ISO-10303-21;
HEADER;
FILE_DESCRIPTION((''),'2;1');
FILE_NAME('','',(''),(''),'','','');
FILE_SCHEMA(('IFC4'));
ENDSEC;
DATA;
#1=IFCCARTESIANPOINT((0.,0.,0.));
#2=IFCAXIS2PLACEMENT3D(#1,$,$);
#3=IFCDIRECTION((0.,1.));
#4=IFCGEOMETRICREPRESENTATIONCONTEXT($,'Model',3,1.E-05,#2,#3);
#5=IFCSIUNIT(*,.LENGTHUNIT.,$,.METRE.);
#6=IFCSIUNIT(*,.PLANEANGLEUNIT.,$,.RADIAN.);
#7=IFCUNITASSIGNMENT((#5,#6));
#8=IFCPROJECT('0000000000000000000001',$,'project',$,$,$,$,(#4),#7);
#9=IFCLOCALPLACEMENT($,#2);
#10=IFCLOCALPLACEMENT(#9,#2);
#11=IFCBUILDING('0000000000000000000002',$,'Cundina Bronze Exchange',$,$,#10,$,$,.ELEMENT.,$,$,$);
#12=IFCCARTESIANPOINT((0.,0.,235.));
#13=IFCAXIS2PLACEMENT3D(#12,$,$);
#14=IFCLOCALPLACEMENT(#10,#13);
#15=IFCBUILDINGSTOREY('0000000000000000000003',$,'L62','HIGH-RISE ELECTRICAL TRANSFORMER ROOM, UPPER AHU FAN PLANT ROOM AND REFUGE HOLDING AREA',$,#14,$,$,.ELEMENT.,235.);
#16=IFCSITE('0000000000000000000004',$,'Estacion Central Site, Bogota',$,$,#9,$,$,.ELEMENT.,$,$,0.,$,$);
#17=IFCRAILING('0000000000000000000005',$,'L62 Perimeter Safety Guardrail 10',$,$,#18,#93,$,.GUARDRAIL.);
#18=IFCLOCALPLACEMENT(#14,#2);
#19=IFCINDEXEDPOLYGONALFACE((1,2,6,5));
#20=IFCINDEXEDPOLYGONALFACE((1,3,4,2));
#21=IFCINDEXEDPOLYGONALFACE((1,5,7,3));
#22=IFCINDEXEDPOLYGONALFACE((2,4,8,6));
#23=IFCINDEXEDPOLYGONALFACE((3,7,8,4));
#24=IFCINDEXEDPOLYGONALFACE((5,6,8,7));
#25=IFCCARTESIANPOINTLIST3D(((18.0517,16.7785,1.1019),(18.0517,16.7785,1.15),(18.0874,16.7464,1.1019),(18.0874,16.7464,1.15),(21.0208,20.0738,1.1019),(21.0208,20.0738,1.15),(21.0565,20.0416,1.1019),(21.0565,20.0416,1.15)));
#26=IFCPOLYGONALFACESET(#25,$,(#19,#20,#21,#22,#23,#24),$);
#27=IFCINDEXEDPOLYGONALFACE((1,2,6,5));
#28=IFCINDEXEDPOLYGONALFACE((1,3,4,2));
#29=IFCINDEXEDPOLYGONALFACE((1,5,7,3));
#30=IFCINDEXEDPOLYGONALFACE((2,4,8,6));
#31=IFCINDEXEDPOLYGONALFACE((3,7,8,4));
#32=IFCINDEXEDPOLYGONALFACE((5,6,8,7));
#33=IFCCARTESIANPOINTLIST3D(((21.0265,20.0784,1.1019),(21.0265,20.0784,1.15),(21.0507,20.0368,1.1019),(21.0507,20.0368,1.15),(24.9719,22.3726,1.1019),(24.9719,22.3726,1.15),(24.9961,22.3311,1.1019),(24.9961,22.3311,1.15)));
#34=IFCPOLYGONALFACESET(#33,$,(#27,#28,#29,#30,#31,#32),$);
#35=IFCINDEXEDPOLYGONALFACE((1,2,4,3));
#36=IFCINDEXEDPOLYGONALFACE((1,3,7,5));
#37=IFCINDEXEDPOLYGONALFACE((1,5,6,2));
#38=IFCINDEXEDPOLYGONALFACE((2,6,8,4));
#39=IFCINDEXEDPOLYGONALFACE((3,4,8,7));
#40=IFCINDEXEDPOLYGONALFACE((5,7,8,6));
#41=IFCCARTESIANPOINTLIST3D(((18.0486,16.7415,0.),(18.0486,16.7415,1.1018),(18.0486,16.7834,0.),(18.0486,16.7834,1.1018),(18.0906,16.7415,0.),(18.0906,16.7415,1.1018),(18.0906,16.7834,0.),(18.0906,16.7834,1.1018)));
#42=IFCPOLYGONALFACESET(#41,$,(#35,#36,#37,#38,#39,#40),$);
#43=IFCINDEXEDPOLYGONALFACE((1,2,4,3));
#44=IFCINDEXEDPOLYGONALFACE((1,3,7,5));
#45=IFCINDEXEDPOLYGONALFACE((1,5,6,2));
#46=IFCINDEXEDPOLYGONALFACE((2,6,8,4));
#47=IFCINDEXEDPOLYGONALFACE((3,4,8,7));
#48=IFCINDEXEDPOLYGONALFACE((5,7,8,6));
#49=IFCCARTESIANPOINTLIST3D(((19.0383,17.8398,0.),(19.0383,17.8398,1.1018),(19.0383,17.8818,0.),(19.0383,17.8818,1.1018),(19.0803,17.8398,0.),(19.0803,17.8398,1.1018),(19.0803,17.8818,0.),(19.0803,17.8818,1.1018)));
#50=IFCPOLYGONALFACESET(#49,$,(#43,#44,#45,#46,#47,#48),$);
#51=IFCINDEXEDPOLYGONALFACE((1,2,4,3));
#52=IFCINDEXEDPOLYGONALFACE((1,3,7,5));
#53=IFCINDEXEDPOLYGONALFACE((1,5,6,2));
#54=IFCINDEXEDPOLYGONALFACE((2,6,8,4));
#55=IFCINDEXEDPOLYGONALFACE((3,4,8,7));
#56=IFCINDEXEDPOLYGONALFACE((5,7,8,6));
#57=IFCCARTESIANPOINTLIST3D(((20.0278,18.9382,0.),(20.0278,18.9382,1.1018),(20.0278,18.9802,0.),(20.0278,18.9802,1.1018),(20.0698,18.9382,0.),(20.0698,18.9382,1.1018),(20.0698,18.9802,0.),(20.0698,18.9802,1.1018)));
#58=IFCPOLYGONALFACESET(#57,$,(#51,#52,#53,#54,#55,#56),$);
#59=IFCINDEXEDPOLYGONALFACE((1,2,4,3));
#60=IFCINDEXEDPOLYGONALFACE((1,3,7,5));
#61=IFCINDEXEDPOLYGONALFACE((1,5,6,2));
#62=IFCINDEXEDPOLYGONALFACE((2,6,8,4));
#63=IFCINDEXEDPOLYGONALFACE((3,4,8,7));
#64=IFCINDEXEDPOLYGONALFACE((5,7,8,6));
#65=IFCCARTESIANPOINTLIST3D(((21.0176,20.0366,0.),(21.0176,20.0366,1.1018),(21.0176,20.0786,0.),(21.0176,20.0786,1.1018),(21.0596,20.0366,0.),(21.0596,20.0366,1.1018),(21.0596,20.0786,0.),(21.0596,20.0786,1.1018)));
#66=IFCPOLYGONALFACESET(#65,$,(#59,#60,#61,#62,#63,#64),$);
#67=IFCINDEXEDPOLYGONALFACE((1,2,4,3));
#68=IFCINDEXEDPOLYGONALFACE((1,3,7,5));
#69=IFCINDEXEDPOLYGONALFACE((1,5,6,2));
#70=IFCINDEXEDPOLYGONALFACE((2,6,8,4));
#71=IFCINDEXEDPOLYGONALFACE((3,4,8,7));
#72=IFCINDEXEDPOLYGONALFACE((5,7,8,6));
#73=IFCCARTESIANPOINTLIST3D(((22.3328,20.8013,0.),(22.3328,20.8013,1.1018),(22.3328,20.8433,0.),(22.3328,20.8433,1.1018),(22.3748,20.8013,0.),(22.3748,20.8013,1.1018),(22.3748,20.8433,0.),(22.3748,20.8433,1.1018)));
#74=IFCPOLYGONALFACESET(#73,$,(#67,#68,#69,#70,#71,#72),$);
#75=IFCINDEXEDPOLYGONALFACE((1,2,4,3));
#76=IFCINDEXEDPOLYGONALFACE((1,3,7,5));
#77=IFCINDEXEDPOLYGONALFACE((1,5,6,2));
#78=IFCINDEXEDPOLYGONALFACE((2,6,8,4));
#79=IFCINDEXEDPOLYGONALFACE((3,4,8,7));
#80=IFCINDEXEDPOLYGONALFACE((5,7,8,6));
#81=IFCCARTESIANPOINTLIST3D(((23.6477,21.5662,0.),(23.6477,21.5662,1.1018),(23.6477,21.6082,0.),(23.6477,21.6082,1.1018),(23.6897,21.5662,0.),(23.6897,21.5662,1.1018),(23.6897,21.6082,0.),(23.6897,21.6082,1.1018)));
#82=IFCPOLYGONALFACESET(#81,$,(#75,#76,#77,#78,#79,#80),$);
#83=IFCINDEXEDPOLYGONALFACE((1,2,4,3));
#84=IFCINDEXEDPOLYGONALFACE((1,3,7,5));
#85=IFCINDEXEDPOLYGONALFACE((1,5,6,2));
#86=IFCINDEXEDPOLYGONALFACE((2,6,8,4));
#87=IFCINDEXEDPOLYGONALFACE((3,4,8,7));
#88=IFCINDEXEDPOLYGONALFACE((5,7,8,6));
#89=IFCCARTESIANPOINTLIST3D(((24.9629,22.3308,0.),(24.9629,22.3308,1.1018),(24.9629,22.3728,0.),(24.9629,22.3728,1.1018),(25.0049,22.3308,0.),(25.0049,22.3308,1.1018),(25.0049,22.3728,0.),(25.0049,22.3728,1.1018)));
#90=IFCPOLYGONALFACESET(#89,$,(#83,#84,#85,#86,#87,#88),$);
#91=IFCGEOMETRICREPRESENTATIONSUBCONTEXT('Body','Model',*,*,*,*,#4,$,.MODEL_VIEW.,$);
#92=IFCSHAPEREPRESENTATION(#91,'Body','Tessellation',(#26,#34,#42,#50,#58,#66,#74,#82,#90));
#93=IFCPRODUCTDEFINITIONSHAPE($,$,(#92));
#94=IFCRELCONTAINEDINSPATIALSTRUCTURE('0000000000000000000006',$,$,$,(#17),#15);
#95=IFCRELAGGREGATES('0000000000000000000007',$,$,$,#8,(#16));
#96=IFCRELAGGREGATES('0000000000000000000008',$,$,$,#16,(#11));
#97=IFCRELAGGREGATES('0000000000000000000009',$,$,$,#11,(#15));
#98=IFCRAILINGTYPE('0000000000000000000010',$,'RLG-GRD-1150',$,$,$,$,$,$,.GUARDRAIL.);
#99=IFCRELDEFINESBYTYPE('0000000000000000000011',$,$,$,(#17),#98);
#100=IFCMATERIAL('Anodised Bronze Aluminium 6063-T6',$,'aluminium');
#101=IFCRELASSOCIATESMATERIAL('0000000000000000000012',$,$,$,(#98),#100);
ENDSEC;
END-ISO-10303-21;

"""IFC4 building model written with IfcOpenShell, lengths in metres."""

from ifc_helpers import new_model, si_unit, direction, frame, origin, origin_2d, place, context, subcontext, project, spatial, rectangle, extrude, material, type_object, element, save


model = new_model("IFC4")

# Units and contexts
model_context = context("Model", 3, precision=1e-05, world=origin(), true_north=direction((0.0, 1.0)))
body_context = subcontext(model_context, "Body", "Model", "MODEL_VIEW")
ifc_project = project(units=[si_unit("LENGTHUNIT", "METRE"), si_unit("PLANEANGLEUNIT", "RADIAN")], contexts=[model_context])

# Site, building, storey
site_placement = place(None, origin())
site = spatial("IfcSite", under=ifc_project, at=site_placement, Name="Estacion Central Site, Bogota", CompositionType="ELEMENT", RefElevation=0.0)
building_placement = place(site_placement, origin())
building = spatial("IfcBuilding", under=site, at=building_placement, Name="Cundina Bronze Exchange", CompositionType="ELEMENT")
storey_placement = place(building_placement, frame((0.0, 0.0, 235.0)))
storey = spatial("IfcBuildingStorey", under=building, at=storey_placement, Name="L62", Description="HIGH-RISE ELECTRICAL TRANSFORMER ROOM, UPPER AHU FAN PLANT ROOM AND REFUGE HOLDING AREA", CompositionType="ELEMENT", Elevation=235.0)

# Shared definitions
ifc_material_1 = material(Name="Anodised Bronze Aluminium 6063-T6", Category="aluminium")

# Railing
railing_type = type_object("IfcRailingType", Name="RLG-GRD-1150", PredefinedType="GUARDRAIL", material=ifc_material_1)
railing_1_placement = place(storey_placement, frame((18.0696, 16.7625, 0.0)))
element("IfcRailing", 1, at=railing_1_placement, inside=storey, type_object=railing_type, Name="L62 Perimeter Safety Guardrail 10", PredefinedType="GUARDRAIL", context=body_context, shape_type="SweptSolid", body=[
    extrude(rectangle(XDim=0.0481, YDim=0.0481, at=origin_2d()), frame((0.0, 0.0, 1.126), z_axis=(0.669381, 0.742919, 0.0), x_axis=(-0.742919, 0.669381, 0.0)), (0.0, 0.0, 1.0), 4.4355),
    extrude(rectangle(XDim=0.0481, YDim=0.0481, at=origin_2d()), frame((2.969, 3.2952, 1.126), z_axis=(0.864469, 0.502686, 0.0), x_axis=(-0.502686, 0.864469, 0.0)), (0.0, 0.0, 1.0), 4.564),
    extrude(rectangle(XDim=0.042, YDim=0.042, at=origin_2d()), origin(), (0.0, 0.0, 1.0), 1.1018),
    extrude(rectangle(XDim=0.042, YDim=0.042, at=origin_2d()), frame((0.9897, 1.0984, 0.0)), (0.0, 0.0, 1.0), 1.1018),
    extrude(rectangle(XDim=0.042, YDim=0.042, at=origin_2d()), frame((1.9792, 2.1968, 0.0)), (0.0, 0.0, 1.0), 1.1018),
    extrude(rectangle(XDim=0.042, YDim=0.042, at=origin_2d()), frame((2.969, 3.2952, 0.0)), (0.0, 0.0, 1.0), 1.1018),
    extrude(rectangle(XDim=0.042, YDim=0.042, at=origin_2d()), frame((4.2842, 4.0598, 0.0)), (0.0, 0.0, 1.0), 1.1018),
    extrude(rectangle(XDim=0.042, YDim=0.042, at=origin_2d()), frame((5.5991, 4.8247, 0.0)), (0.0, 0.0, 1.0), 1.1018),
    extrude(rectangle(XDim=0.042, YDim=0.042, at=origin_2d()), frame((6.9143, 5.5894, 0.0)), (0.0, 0.0, 1.0), 1.1018),
])

save(model, "model.ifc")
